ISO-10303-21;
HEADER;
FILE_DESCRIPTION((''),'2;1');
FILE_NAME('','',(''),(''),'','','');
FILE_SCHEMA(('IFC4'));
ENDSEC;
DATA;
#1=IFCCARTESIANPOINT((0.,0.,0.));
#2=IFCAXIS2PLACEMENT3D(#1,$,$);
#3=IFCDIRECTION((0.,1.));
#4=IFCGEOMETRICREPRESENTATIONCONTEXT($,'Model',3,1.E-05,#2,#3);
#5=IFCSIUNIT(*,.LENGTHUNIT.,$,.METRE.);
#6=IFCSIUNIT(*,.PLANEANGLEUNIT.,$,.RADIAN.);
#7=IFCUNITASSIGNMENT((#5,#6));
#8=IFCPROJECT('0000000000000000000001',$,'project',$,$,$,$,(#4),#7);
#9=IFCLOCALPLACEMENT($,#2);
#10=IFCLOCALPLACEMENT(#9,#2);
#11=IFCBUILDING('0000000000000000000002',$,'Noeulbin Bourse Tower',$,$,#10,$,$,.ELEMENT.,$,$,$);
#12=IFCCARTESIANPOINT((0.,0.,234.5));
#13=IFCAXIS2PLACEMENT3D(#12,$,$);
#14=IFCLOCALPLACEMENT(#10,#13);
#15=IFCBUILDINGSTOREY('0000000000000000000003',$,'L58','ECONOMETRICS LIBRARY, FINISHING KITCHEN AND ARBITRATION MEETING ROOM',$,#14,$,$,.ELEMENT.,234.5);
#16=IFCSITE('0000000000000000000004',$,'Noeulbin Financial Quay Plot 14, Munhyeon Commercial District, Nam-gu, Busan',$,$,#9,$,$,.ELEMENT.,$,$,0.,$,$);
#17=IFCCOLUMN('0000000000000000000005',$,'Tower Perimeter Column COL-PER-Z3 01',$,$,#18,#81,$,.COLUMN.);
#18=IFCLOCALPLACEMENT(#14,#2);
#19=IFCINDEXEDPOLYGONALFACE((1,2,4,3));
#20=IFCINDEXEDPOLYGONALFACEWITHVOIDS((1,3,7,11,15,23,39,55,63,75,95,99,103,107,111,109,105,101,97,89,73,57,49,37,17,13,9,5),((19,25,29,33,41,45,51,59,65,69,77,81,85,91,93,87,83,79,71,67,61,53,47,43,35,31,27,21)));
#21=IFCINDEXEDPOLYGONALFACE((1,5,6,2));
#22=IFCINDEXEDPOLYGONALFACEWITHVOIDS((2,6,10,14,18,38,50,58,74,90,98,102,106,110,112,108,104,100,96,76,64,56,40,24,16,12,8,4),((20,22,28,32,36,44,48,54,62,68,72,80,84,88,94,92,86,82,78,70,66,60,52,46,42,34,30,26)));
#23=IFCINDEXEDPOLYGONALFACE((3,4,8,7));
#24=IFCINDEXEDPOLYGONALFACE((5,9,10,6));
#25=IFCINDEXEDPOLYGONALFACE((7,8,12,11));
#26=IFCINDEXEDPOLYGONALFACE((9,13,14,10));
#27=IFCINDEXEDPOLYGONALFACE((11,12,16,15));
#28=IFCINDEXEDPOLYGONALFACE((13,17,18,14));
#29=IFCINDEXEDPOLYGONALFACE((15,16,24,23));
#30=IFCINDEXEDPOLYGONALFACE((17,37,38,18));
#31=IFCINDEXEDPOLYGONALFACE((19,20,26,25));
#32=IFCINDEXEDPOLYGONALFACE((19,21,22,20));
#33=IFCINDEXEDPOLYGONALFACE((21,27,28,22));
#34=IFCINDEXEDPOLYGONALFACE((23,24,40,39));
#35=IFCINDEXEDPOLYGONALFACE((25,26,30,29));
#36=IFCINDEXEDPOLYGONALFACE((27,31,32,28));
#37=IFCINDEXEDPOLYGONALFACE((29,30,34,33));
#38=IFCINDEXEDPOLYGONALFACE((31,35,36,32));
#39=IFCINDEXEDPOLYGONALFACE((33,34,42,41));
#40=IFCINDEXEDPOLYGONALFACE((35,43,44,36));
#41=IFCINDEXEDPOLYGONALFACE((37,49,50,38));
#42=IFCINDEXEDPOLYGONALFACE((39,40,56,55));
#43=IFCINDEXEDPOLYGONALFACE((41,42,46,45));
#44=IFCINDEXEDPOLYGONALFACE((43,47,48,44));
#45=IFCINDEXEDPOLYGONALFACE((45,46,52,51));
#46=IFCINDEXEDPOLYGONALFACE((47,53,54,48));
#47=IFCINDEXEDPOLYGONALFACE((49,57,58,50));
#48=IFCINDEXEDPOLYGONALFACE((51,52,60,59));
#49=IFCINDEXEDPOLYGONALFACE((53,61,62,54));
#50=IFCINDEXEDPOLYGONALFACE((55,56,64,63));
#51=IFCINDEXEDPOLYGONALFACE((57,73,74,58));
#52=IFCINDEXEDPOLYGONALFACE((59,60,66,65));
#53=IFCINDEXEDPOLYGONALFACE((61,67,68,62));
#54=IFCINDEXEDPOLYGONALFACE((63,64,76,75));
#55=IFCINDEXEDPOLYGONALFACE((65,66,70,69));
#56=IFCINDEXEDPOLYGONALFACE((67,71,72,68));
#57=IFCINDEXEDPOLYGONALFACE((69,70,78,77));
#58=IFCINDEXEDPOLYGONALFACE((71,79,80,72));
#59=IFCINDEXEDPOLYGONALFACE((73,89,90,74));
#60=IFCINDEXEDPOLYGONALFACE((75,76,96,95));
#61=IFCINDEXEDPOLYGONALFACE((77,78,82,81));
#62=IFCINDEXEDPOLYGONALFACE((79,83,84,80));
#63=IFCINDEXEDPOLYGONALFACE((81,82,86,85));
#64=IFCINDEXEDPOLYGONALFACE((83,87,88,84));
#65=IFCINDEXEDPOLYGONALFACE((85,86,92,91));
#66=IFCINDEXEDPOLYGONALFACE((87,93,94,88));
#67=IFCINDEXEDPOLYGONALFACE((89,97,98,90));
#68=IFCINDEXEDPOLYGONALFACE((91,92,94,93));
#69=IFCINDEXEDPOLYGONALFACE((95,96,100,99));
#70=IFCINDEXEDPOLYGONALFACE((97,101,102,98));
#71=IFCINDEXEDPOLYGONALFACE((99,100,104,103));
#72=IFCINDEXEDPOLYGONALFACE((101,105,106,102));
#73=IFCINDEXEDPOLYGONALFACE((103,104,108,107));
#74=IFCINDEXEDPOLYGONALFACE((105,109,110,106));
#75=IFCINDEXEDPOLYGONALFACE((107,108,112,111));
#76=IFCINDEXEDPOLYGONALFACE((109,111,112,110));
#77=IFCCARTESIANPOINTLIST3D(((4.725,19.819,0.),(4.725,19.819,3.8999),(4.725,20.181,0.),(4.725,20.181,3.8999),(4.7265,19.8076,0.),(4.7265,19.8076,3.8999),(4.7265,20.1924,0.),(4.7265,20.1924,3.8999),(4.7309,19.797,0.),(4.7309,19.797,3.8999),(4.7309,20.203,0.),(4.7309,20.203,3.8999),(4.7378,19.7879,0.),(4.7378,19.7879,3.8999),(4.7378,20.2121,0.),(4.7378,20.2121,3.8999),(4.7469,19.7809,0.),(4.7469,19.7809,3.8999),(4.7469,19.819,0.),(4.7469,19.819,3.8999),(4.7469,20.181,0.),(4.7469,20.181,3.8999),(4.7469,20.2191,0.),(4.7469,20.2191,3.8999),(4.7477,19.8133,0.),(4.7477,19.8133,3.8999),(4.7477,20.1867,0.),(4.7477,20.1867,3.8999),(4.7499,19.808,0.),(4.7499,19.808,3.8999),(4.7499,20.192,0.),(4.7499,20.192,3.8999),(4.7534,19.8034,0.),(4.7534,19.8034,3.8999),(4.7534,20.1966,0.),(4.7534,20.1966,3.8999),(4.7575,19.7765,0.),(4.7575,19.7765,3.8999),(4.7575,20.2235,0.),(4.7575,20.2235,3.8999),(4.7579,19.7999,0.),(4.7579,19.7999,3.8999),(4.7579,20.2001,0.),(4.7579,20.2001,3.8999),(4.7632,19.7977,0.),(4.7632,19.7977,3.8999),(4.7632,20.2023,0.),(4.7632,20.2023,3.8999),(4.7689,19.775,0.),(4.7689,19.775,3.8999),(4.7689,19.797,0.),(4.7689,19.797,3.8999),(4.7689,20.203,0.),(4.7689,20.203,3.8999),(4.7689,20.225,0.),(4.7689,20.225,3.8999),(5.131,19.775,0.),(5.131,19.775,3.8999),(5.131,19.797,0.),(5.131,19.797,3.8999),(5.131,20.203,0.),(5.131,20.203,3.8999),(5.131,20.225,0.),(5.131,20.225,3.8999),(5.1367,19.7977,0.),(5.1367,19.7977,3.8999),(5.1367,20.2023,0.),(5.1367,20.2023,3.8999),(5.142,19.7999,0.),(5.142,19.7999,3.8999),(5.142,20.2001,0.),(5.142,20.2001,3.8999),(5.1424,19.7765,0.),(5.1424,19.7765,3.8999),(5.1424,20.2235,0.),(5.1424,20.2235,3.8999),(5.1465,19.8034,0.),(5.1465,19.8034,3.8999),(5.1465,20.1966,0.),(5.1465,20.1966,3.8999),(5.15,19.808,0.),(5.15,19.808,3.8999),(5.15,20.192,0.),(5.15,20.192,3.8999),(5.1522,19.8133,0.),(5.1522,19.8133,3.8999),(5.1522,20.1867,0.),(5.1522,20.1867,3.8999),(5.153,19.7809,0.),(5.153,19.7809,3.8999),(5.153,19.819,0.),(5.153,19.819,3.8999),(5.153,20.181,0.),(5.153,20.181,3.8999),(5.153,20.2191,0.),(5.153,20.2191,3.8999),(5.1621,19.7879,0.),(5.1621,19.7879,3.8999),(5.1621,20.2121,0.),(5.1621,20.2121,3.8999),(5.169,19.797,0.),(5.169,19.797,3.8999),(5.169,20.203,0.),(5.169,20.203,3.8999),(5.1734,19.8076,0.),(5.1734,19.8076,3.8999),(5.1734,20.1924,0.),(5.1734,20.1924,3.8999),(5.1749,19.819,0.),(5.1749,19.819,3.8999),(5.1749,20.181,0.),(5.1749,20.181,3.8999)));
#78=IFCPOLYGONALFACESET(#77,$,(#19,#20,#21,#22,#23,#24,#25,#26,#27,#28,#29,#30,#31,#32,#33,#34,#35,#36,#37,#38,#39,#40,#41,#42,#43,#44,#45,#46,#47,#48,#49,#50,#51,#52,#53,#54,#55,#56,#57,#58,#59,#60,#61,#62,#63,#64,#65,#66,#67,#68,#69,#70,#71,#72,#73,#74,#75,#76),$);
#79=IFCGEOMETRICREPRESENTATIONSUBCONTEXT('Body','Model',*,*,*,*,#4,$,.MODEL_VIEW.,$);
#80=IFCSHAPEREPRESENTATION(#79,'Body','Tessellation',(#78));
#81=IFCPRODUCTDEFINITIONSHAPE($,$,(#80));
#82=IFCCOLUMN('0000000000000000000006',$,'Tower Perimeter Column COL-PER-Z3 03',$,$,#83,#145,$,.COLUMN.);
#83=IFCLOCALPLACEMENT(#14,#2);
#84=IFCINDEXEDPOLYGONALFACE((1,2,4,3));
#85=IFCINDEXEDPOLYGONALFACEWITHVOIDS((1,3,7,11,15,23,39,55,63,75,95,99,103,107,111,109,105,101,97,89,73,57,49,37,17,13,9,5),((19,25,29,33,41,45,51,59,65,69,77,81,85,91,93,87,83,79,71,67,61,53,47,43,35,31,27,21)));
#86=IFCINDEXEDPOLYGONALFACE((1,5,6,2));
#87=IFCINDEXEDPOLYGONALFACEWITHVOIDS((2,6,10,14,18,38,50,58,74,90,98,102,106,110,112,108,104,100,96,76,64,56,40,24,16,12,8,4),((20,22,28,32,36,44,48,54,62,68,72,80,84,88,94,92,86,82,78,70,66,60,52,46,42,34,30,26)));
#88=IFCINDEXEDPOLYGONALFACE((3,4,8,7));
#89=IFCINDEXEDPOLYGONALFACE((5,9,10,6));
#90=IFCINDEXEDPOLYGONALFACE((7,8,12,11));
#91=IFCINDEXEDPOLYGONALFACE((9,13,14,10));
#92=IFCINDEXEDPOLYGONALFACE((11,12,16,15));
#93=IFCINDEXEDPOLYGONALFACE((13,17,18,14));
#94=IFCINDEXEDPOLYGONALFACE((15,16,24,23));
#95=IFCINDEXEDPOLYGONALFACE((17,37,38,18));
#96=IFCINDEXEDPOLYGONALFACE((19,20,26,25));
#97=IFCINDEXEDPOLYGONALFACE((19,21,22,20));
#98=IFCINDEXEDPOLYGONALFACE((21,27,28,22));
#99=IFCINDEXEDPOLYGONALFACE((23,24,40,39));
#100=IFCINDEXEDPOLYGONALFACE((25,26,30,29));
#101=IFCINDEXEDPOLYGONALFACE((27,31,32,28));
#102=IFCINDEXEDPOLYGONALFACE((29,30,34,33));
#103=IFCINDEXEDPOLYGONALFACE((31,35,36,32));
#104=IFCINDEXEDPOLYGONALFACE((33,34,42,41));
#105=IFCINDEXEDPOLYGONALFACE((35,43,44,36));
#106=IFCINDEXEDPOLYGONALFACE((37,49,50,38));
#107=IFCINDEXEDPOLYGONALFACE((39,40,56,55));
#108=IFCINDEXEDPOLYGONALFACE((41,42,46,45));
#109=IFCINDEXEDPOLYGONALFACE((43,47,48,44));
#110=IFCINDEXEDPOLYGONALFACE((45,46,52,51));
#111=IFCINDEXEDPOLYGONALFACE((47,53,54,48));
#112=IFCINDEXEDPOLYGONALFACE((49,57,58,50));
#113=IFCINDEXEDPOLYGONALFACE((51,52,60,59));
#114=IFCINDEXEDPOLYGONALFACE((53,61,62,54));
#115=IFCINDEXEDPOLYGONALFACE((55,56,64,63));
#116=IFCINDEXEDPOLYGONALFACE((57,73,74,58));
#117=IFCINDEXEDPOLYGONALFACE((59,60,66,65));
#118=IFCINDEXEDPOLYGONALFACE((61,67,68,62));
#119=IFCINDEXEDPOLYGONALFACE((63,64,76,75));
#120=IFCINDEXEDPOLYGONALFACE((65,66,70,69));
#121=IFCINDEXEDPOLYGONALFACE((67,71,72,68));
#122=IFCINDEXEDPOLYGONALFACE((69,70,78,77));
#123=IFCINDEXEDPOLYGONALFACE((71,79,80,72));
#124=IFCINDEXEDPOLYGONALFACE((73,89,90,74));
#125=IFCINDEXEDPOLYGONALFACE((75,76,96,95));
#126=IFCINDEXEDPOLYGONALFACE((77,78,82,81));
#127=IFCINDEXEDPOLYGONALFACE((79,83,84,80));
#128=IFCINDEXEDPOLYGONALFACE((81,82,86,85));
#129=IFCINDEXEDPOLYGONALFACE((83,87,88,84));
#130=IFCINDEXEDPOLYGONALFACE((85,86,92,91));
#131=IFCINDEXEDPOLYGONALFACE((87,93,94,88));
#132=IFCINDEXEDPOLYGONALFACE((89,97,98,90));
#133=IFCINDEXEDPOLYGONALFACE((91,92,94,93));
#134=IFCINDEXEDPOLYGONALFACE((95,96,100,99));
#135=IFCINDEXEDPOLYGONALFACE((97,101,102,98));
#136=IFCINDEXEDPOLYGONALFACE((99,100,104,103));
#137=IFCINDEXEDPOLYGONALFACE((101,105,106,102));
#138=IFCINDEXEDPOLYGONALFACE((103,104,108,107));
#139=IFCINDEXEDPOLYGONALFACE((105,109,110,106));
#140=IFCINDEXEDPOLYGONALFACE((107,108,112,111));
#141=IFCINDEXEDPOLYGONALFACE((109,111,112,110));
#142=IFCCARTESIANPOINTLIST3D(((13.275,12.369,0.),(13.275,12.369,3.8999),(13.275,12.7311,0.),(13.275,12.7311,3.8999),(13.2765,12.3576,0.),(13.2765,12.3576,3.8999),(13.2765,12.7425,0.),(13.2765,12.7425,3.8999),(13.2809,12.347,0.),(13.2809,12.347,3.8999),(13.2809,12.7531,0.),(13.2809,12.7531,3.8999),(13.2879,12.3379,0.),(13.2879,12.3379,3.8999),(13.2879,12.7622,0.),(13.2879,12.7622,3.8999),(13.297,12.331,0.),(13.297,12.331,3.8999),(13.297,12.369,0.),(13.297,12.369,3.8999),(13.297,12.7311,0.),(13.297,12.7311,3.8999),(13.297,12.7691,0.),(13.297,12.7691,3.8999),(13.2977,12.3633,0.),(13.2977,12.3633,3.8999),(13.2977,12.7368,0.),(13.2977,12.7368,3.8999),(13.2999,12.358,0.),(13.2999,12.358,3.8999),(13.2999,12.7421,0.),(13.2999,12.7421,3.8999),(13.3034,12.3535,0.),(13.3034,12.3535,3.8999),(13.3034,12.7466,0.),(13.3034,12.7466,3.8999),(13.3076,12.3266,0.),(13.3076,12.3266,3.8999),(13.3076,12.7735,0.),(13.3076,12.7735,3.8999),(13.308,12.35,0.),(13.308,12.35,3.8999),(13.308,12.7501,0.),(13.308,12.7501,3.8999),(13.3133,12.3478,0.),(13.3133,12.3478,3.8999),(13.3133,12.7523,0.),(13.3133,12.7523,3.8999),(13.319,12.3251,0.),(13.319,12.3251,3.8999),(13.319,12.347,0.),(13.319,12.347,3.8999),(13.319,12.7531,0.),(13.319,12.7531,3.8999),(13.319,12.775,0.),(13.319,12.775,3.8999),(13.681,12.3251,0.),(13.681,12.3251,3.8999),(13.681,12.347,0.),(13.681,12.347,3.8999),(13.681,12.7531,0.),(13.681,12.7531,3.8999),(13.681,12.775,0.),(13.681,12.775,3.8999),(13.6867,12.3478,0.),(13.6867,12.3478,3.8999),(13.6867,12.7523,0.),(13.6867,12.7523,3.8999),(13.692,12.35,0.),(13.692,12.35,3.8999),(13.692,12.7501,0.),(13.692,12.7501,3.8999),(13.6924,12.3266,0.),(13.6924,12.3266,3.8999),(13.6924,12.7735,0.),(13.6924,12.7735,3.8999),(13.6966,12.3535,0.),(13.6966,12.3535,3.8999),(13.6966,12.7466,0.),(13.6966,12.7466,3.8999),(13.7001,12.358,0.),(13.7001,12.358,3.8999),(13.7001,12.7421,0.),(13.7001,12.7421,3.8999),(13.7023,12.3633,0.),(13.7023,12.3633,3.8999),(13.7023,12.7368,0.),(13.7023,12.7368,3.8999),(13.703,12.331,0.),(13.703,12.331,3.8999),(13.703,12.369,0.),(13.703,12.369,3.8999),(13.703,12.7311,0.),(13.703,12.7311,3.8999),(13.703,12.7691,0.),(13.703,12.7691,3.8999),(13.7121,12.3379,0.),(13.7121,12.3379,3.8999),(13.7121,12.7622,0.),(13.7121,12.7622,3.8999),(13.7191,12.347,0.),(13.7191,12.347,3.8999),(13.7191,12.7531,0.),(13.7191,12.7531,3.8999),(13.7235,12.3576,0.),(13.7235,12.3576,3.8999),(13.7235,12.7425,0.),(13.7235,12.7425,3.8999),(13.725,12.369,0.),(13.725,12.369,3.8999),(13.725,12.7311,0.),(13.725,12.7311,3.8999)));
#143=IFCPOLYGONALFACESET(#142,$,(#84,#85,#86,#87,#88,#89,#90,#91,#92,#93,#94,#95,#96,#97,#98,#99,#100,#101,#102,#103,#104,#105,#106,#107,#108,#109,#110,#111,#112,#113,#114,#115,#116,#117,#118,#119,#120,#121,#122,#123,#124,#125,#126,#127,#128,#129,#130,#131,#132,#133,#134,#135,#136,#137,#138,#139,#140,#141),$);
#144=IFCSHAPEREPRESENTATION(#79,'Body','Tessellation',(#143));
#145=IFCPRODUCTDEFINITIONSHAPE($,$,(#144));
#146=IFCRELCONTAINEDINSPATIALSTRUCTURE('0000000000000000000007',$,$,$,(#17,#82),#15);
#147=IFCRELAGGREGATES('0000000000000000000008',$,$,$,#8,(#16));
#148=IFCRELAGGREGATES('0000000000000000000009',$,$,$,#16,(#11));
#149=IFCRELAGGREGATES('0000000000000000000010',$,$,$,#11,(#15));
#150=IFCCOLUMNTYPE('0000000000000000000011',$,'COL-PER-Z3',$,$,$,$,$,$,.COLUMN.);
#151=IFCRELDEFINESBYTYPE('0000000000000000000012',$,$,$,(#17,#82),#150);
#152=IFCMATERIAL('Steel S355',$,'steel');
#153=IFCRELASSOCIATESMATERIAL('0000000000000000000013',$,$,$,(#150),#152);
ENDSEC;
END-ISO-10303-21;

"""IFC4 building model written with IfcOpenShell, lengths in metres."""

from ifc_helpers import new_model, si_unit, direction, frame, origin, origin_2d, place, context, subcontext, project, spatial, hollow_rectangle, extrude, material, material_profile, profile_set, type_object, element, save


model = new_model("IFC4")

# Units and contexts
model_context = context("Model", 3, precision=1e-05, world=origin(), true_north=direction((0.0, 1.0)))
body_context = subcontext(model_context, "Body", "Model", "MODEL_VIEW")
ifc_project = project(units=[si_unit("LENGTHUNIT", "METRE"), si_unit("PLANEANGLEUNIT", "RADIAN")], contexts=[model_context])

# Site, building, storey
site_placement = place(None, origin())
site = spatial("IfcSite", under=ifc_project, at=site_placement, Name="Noeulbin Financial Quay Plot 14, Munhyeon Commercial District, Nam-gu, Busan", CompositionType="ELEMENT", RefElevation=0.0)
building_placement = place(site_placement, origin())
building = spatial("IfcBuilding", under=site, at=building_placement, Name="Noeulbin Bourse Tower", CompositionType="ELEMENT")
storey_placement = place(building_placement, frame((0.0, 0.0, 234.5)))
storey = spatial("IfcBuildingStorey", under=building, at=storey_placement, Name="L58", Description="ECONOMETRICS LIBRARY, FINISHING KITCHEN AND ARBITRATION MEETING ROOM", CompositionType="ELEMENT", Elevation=234.5)

# Columns
ifc_material_1 = material(Name="Steel S355", Category="steel")
ifc_material_profile_1 = material_profile(ifc_material_1, hollow_rectangle(XDim=0.45, YDim=0.45, WallThickness=0.022, InnerFilletRadius=0.022, OuterFilletRadius=0.0439, at=origin_2d()), Name="SHS-450x450x22", Category="LoadBearing")
ifc_profile_set_1 = profile_set([ifc_material_profile_1], Name="Steel S355")
column_type_1 = type_object("IfcColumnType", Name="COL-PER-Z3", PredefinedType="COLUMN", material=ifc_profile_set_1)
for number, where, z_axis, x_axis, name in (
    (1, (4.95, 20.0, 0.0), (0.0, 0.0, 1.0), (1.0, 0.0, 0.0), "Tower Perimeter Column COL-PER-Z3 01"),
    (2, (13.5, 12.55, 0.0), (0.0, 0.0, 1.0), (1.0, 0.0, 0.0), "Tower Perimeter Column COL-PER-Z3 03"),
):
    element("IfcColumn", number, at=place(storey_placement, frame(where, z_axis=z_axis, x_axis=x_axis)), inside=storey, type_object=column_type_1, Name=name, PredefinedType="COLUMN", context=body_context, shape_type="SweptSolid", body=[
        extrude(hollow_rectangle(XDim=0.45, YDim=0.45, WallThickness=0.022, InnerFilletRadius=0.022, OuterFilletRadius=0.0439, at=origin_2d()), origin(), (0.0, 0.0, 1.0), 3.8999),
    ])

save(model, "model.ifc")
